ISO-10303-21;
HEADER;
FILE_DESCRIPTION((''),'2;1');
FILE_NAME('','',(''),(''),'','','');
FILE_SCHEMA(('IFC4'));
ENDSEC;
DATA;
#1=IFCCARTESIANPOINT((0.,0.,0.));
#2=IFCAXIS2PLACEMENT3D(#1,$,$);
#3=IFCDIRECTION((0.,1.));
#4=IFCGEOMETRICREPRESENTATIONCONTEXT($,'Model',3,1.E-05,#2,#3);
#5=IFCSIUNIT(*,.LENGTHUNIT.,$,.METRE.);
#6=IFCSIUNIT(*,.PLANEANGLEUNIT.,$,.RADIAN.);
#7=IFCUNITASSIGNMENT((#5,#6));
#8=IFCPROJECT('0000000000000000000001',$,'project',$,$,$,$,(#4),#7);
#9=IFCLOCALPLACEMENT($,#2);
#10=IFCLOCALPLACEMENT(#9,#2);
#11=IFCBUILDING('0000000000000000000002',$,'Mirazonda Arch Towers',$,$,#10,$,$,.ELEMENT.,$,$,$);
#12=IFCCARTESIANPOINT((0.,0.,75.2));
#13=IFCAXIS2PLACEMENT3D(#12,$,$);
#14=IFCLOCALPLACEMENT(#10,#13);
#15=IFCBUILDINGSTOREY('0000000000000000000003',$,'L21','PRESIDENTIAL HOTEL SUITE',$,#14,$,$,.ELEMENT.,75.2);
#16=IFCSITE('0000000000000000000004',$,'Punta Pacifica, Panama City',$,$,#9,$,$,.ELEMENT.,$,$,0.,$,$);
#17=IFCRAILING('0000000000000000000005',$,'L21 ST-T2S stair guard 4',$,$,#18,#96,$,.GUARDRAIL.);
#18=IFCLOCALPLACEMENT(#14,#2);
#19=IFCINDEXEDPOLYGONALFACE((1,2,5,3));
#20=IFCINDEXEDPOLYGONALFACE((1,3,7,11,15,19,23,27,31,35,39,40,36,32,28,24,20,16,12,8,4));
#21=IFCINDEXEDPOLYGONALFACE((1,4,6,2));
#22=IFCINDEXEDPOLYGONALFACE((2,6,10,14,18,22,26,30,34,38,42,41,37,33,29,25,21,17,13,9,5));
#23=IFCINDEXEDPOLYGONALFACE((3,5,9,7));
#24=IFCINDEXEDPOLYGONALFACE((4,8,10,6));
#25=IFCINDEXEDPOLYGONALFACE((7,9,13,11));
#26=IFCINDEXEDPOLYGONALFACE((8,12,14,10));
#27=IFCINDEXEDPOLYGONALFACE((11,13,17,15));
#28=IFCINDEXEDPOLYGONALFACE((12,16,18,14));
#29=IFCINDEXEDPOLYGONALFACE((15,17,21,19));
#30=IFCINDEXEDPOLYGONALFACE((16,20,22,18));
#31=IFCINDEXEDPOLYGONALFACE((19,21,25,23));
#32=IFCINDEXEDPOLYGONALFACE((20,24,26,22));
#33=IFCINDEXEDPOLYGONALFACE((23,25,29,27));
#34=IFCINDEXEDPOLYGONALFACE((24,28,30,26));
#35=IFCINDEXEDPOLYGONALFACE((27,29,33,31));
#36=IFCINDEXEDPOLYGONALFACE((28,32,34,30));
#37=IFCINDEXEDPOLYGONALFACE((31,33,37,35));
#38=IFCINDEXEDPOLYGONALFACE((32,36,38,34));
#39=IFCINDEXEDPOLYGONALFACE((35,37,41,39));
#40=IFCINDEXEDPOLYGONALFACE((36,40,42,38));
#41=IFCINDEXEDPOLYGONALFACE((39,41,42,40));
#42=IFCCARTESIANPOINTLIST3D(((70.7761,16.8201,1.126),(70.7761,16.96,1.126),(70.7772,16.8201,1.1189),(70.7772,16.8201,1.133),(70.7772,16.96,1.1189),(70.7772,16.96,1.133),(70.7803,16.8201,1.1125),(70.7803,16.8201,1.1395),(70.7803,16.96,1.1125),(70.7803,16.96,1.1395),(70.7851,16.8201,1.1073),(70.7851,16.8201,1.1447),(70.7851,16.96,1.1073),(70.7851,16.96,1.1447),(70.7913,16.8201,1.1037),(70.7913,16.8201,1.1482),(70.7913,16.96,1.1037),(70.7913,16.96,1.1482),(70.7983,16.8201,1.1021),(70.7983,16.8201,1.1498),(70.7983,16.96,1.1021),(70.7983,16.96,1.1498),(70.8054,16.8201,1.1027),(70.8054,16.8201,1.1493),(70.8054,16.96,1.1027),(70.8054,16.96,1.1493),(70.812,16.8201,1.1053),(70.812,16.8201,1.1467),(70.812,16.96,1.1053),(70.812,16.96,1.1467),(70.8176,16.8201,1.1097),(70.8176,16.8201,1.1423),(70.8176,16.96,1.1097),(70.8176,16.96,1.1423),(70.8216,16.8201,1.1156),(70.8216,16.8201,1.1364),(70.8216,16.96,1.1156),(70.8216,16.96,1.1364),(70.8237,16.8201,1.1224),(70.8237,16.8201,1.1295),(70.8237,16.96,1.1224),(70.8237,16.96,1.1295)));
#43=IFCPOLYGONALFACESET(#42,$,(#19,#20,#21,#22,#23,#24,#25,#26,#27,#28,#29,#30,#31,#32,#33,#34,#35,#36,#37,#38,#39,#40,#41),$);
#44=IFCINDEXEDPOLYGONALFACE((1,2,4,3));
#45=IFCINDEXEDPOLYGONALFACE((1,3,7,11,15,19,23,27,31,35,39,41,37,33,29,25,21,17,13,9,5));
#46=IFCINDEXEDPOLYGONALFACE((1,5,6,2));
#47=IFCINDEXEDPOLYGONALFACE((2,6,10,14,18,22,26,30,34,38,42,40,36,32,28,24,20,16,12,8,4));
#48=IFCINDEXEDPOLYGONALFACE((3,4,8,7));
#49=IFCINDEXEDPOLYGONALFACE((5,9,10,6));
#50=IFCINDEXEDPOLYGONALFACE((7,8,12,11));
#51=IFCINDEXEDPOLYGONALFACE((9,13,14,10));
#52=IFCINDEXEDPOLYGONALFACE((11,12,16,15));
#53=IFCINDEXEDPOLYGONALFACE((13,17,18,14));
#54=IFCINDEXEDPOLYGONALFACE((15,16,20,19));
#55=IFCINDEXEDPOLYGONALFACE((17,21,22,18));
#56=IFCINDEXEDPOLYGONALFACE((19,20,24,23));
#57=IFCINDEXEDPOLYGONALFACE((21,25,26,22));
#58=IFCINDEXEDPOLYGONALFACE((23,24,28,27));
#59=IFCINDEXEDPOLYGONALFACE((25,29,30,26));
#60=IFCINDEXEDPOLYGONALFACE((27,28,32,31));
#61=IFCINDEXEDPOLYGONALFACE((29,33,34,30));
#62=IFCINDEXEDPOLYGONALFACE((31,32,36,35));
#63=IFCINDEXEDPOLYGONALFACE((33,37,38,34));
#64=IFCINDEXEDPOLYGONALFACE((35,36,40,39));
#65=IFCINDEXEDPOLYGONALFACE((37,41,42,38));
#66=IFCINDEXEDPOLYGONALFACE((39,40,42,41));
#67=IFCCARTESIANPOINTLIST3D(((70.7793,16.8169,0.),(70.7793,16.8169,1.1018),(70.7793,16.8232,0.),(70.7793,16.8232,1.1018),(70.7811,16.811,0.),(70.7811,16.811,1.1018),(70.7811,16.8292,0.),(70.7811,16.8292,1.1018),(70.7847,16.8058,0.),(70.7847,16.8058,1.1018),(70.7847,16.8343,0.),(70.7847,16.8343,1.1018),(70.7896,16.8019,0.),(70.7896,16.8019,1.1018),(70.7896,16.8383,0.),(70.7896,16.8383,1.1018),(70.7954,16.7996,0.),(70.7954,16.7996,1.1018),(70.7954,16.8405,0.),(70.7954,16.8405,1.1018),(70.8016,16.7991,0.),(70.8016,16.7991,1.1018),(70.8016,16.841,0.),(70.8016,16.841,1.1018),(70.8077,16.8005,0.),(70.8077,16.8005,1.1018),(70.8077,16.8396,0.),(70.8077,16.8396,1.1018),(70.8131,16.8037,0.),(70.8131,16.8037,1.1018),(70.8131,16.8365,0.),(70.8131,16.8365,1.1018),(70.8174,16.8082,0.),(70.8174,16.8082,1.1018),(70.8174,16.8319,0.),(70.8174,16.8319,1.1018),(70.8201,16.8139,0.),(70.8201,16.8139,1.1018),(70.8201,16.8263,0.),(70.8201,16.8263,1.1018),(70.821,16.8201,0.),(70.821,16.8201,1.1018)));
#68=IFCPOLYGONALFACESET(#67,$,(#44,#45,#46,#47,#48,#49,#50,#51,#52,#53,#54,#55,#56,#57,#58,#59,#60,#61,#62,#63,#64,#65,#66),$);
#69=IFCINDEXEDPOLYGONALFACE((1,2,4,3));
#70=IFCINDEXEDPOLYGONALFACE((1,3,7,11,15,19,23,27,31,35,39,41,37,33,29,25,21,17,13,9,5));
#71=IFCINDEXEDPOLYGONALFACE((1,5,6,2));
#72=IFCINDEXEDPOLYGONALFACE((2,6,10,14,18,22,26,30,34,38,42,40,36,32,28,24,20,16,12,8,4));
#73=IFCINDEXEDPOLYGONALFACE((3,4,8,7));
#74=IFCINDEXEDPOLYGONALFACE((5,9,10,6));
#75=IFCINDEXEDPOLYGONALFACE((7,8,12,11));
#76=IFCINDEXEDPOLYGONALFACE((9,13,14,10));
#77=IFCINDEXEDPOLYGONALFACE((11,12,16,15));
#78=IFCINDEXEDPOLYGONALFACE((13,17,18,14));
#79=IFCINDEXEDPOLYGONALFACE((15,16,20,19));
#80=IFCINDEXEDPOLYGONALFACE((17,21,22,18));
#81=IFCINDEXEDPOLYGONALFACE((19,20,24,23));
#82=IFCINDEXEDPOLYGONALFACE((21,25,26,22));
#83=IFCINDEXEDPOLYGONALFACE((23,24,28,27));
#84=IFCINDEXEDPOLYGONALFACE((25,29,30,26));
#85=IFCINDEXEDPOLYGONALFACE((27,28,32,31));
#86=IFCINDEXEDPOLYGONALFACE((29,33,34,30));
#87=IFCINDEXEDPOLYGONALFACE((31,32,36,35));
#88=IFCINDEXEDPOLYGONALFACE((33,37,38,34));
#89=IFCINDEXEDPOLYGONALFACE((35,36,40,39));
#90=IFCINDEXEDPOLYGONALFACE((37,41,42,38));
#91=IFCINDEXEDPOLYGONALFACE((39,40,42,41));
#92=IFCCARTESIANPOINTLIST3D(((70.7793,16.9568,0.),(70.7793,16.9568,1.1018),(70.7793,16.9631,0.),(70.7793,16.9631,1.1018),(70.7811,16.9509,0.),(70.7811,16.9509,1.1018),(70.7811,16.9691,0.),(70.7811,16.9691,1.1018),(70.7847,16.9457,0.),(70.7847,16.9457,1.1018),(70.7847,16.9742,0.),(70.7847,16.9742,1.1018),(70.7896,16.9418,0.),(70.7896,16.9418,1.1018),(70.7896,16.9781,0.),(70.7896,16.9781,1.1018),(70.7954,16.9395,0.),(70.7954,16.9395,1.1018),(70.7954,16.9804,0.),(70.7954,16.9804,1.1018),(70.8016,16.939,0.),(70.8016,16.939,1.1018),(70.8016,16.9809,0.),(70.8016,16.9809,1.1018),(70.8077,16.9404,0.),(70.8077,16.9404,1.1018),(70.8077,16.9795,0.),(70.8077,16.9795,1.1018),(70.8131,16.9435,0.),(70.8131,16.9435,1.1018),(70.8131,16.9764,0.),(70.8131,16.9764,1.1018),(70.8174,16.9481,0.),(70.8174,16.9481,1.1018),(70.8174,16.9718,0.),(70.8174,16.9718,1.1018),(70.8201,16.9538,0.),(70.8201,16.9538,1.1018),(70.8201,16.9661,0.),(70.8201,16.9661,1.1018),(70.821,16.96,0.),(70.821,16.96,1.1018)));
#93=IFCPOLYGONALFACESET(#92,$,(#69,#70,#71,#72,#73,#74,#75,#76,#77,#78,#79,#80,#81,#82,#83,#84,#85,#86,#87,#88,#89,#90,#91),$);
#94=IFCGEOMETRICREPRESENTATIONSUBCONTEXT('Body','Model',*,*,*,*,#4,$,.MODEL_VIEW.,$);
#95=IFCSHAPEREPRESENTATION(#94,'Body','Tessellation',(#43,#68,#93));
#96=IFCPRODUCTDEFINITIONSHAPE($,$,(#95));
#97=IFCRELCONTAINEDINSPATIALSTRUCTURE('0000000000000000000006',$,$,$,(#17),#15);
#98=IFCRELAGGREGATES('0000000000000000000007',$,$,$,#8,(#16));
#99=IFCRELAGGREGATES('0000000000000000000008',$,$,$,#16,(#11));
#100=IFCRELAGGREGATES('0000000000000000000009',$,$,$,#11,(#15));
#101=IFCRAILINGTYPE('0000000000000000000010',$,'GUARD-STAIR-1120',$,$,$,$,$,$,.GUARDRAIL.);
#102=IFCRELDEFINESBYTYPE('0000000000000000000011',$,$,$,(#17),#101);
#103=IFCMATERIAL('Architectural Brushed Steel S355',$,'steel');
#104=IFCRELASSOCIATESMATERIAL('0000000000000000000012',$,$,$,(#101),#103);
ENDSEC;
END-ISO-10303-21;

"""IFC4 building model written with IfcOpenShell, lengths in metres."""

from ifc_helpers import new_model, si_unit, direction, frame, origin, origin_2d, place, context, subcontext, project, spatial, circle, extrude, material, type_object, element, save


model = new_model("IFC4")

# Units and contexts
model_context = context("Model", 3, precision=1e-05, world=origin(), true_north=direction((0.0, 1.0)))
body_context = subcontext(model_context, "Body", "Model", "MODEL_VIEW")
ifc_project = project(units=[si_unit("LENGTHUNIT", "METRE"), si_unit("PLANEANGLEUNIT", "RADIAN")], contexts=[model_context])

# Site, building, storey
site_placement = place(None, origin())
site = spatial("IfcSite", under=ifc_project, at=site_placement, Name="Punta Pacifica, Panama City", CompositionType="ELEMENT", RefElevation=0.0)
building_placement = place(site_placement, origin())
building = spatial("IfcBuilding", under=site, at=building_placement, Name="Mirazonda Arch Towers", CompositionType="ELEMENT")
storey_placement = place(building_placement, frame((0.0, 0.0, 75.2)))
storey = spatial("IfcBuildingStorey", under=building, at=storey_placement, Name="L21", Description="PRESIDENTIAL HOTEL SUITE", CompositionType="ELEMENT", Elevation=75.2)

# Shared definitions
ifc_material_1 = material(Name="Architectural Brushed Steel S355", Category="steel")

# Railing
railing_type_1 = type_object("IfcRailingType", Name="GUARD-STAIR-1120", PredefinedType="GUARDRAIL", material=ifc_material_1)
railing_1_placement = place(storey_placement, frame((70.8, 16.8201, 0.0)))
element("IfcRailing", 1, at=railing_1_placement, inside=storey, type_object=railing_type_1, Name="L21 ST-T2S stair guard 4", PredefinedType="GUARDRAIL", context=body_context, shape_type="SweptSolid", body=[
    extrude(circle(Radius=0.0239, at=origin_2d()), frame((0.0, 0.0, 1.126), z_axis=(0.0, 1.0, 0.0), x_axis=(-1.0, 0.0, 0.0)), (0.0, 0.0, 1.0), 0.1399),
    extrude(circle(Radius=0.021, at=origin_2d()), origin(), (0.0, 0.0, 1.0), 1.1018),
    extrude(circle(Radius=0.021, at=origin_2d()), frame((0.0, 0.1399, 0.0)), (0.0, 0.0, 1.0), 1.1018),
])

save(model, "model.ifc")
